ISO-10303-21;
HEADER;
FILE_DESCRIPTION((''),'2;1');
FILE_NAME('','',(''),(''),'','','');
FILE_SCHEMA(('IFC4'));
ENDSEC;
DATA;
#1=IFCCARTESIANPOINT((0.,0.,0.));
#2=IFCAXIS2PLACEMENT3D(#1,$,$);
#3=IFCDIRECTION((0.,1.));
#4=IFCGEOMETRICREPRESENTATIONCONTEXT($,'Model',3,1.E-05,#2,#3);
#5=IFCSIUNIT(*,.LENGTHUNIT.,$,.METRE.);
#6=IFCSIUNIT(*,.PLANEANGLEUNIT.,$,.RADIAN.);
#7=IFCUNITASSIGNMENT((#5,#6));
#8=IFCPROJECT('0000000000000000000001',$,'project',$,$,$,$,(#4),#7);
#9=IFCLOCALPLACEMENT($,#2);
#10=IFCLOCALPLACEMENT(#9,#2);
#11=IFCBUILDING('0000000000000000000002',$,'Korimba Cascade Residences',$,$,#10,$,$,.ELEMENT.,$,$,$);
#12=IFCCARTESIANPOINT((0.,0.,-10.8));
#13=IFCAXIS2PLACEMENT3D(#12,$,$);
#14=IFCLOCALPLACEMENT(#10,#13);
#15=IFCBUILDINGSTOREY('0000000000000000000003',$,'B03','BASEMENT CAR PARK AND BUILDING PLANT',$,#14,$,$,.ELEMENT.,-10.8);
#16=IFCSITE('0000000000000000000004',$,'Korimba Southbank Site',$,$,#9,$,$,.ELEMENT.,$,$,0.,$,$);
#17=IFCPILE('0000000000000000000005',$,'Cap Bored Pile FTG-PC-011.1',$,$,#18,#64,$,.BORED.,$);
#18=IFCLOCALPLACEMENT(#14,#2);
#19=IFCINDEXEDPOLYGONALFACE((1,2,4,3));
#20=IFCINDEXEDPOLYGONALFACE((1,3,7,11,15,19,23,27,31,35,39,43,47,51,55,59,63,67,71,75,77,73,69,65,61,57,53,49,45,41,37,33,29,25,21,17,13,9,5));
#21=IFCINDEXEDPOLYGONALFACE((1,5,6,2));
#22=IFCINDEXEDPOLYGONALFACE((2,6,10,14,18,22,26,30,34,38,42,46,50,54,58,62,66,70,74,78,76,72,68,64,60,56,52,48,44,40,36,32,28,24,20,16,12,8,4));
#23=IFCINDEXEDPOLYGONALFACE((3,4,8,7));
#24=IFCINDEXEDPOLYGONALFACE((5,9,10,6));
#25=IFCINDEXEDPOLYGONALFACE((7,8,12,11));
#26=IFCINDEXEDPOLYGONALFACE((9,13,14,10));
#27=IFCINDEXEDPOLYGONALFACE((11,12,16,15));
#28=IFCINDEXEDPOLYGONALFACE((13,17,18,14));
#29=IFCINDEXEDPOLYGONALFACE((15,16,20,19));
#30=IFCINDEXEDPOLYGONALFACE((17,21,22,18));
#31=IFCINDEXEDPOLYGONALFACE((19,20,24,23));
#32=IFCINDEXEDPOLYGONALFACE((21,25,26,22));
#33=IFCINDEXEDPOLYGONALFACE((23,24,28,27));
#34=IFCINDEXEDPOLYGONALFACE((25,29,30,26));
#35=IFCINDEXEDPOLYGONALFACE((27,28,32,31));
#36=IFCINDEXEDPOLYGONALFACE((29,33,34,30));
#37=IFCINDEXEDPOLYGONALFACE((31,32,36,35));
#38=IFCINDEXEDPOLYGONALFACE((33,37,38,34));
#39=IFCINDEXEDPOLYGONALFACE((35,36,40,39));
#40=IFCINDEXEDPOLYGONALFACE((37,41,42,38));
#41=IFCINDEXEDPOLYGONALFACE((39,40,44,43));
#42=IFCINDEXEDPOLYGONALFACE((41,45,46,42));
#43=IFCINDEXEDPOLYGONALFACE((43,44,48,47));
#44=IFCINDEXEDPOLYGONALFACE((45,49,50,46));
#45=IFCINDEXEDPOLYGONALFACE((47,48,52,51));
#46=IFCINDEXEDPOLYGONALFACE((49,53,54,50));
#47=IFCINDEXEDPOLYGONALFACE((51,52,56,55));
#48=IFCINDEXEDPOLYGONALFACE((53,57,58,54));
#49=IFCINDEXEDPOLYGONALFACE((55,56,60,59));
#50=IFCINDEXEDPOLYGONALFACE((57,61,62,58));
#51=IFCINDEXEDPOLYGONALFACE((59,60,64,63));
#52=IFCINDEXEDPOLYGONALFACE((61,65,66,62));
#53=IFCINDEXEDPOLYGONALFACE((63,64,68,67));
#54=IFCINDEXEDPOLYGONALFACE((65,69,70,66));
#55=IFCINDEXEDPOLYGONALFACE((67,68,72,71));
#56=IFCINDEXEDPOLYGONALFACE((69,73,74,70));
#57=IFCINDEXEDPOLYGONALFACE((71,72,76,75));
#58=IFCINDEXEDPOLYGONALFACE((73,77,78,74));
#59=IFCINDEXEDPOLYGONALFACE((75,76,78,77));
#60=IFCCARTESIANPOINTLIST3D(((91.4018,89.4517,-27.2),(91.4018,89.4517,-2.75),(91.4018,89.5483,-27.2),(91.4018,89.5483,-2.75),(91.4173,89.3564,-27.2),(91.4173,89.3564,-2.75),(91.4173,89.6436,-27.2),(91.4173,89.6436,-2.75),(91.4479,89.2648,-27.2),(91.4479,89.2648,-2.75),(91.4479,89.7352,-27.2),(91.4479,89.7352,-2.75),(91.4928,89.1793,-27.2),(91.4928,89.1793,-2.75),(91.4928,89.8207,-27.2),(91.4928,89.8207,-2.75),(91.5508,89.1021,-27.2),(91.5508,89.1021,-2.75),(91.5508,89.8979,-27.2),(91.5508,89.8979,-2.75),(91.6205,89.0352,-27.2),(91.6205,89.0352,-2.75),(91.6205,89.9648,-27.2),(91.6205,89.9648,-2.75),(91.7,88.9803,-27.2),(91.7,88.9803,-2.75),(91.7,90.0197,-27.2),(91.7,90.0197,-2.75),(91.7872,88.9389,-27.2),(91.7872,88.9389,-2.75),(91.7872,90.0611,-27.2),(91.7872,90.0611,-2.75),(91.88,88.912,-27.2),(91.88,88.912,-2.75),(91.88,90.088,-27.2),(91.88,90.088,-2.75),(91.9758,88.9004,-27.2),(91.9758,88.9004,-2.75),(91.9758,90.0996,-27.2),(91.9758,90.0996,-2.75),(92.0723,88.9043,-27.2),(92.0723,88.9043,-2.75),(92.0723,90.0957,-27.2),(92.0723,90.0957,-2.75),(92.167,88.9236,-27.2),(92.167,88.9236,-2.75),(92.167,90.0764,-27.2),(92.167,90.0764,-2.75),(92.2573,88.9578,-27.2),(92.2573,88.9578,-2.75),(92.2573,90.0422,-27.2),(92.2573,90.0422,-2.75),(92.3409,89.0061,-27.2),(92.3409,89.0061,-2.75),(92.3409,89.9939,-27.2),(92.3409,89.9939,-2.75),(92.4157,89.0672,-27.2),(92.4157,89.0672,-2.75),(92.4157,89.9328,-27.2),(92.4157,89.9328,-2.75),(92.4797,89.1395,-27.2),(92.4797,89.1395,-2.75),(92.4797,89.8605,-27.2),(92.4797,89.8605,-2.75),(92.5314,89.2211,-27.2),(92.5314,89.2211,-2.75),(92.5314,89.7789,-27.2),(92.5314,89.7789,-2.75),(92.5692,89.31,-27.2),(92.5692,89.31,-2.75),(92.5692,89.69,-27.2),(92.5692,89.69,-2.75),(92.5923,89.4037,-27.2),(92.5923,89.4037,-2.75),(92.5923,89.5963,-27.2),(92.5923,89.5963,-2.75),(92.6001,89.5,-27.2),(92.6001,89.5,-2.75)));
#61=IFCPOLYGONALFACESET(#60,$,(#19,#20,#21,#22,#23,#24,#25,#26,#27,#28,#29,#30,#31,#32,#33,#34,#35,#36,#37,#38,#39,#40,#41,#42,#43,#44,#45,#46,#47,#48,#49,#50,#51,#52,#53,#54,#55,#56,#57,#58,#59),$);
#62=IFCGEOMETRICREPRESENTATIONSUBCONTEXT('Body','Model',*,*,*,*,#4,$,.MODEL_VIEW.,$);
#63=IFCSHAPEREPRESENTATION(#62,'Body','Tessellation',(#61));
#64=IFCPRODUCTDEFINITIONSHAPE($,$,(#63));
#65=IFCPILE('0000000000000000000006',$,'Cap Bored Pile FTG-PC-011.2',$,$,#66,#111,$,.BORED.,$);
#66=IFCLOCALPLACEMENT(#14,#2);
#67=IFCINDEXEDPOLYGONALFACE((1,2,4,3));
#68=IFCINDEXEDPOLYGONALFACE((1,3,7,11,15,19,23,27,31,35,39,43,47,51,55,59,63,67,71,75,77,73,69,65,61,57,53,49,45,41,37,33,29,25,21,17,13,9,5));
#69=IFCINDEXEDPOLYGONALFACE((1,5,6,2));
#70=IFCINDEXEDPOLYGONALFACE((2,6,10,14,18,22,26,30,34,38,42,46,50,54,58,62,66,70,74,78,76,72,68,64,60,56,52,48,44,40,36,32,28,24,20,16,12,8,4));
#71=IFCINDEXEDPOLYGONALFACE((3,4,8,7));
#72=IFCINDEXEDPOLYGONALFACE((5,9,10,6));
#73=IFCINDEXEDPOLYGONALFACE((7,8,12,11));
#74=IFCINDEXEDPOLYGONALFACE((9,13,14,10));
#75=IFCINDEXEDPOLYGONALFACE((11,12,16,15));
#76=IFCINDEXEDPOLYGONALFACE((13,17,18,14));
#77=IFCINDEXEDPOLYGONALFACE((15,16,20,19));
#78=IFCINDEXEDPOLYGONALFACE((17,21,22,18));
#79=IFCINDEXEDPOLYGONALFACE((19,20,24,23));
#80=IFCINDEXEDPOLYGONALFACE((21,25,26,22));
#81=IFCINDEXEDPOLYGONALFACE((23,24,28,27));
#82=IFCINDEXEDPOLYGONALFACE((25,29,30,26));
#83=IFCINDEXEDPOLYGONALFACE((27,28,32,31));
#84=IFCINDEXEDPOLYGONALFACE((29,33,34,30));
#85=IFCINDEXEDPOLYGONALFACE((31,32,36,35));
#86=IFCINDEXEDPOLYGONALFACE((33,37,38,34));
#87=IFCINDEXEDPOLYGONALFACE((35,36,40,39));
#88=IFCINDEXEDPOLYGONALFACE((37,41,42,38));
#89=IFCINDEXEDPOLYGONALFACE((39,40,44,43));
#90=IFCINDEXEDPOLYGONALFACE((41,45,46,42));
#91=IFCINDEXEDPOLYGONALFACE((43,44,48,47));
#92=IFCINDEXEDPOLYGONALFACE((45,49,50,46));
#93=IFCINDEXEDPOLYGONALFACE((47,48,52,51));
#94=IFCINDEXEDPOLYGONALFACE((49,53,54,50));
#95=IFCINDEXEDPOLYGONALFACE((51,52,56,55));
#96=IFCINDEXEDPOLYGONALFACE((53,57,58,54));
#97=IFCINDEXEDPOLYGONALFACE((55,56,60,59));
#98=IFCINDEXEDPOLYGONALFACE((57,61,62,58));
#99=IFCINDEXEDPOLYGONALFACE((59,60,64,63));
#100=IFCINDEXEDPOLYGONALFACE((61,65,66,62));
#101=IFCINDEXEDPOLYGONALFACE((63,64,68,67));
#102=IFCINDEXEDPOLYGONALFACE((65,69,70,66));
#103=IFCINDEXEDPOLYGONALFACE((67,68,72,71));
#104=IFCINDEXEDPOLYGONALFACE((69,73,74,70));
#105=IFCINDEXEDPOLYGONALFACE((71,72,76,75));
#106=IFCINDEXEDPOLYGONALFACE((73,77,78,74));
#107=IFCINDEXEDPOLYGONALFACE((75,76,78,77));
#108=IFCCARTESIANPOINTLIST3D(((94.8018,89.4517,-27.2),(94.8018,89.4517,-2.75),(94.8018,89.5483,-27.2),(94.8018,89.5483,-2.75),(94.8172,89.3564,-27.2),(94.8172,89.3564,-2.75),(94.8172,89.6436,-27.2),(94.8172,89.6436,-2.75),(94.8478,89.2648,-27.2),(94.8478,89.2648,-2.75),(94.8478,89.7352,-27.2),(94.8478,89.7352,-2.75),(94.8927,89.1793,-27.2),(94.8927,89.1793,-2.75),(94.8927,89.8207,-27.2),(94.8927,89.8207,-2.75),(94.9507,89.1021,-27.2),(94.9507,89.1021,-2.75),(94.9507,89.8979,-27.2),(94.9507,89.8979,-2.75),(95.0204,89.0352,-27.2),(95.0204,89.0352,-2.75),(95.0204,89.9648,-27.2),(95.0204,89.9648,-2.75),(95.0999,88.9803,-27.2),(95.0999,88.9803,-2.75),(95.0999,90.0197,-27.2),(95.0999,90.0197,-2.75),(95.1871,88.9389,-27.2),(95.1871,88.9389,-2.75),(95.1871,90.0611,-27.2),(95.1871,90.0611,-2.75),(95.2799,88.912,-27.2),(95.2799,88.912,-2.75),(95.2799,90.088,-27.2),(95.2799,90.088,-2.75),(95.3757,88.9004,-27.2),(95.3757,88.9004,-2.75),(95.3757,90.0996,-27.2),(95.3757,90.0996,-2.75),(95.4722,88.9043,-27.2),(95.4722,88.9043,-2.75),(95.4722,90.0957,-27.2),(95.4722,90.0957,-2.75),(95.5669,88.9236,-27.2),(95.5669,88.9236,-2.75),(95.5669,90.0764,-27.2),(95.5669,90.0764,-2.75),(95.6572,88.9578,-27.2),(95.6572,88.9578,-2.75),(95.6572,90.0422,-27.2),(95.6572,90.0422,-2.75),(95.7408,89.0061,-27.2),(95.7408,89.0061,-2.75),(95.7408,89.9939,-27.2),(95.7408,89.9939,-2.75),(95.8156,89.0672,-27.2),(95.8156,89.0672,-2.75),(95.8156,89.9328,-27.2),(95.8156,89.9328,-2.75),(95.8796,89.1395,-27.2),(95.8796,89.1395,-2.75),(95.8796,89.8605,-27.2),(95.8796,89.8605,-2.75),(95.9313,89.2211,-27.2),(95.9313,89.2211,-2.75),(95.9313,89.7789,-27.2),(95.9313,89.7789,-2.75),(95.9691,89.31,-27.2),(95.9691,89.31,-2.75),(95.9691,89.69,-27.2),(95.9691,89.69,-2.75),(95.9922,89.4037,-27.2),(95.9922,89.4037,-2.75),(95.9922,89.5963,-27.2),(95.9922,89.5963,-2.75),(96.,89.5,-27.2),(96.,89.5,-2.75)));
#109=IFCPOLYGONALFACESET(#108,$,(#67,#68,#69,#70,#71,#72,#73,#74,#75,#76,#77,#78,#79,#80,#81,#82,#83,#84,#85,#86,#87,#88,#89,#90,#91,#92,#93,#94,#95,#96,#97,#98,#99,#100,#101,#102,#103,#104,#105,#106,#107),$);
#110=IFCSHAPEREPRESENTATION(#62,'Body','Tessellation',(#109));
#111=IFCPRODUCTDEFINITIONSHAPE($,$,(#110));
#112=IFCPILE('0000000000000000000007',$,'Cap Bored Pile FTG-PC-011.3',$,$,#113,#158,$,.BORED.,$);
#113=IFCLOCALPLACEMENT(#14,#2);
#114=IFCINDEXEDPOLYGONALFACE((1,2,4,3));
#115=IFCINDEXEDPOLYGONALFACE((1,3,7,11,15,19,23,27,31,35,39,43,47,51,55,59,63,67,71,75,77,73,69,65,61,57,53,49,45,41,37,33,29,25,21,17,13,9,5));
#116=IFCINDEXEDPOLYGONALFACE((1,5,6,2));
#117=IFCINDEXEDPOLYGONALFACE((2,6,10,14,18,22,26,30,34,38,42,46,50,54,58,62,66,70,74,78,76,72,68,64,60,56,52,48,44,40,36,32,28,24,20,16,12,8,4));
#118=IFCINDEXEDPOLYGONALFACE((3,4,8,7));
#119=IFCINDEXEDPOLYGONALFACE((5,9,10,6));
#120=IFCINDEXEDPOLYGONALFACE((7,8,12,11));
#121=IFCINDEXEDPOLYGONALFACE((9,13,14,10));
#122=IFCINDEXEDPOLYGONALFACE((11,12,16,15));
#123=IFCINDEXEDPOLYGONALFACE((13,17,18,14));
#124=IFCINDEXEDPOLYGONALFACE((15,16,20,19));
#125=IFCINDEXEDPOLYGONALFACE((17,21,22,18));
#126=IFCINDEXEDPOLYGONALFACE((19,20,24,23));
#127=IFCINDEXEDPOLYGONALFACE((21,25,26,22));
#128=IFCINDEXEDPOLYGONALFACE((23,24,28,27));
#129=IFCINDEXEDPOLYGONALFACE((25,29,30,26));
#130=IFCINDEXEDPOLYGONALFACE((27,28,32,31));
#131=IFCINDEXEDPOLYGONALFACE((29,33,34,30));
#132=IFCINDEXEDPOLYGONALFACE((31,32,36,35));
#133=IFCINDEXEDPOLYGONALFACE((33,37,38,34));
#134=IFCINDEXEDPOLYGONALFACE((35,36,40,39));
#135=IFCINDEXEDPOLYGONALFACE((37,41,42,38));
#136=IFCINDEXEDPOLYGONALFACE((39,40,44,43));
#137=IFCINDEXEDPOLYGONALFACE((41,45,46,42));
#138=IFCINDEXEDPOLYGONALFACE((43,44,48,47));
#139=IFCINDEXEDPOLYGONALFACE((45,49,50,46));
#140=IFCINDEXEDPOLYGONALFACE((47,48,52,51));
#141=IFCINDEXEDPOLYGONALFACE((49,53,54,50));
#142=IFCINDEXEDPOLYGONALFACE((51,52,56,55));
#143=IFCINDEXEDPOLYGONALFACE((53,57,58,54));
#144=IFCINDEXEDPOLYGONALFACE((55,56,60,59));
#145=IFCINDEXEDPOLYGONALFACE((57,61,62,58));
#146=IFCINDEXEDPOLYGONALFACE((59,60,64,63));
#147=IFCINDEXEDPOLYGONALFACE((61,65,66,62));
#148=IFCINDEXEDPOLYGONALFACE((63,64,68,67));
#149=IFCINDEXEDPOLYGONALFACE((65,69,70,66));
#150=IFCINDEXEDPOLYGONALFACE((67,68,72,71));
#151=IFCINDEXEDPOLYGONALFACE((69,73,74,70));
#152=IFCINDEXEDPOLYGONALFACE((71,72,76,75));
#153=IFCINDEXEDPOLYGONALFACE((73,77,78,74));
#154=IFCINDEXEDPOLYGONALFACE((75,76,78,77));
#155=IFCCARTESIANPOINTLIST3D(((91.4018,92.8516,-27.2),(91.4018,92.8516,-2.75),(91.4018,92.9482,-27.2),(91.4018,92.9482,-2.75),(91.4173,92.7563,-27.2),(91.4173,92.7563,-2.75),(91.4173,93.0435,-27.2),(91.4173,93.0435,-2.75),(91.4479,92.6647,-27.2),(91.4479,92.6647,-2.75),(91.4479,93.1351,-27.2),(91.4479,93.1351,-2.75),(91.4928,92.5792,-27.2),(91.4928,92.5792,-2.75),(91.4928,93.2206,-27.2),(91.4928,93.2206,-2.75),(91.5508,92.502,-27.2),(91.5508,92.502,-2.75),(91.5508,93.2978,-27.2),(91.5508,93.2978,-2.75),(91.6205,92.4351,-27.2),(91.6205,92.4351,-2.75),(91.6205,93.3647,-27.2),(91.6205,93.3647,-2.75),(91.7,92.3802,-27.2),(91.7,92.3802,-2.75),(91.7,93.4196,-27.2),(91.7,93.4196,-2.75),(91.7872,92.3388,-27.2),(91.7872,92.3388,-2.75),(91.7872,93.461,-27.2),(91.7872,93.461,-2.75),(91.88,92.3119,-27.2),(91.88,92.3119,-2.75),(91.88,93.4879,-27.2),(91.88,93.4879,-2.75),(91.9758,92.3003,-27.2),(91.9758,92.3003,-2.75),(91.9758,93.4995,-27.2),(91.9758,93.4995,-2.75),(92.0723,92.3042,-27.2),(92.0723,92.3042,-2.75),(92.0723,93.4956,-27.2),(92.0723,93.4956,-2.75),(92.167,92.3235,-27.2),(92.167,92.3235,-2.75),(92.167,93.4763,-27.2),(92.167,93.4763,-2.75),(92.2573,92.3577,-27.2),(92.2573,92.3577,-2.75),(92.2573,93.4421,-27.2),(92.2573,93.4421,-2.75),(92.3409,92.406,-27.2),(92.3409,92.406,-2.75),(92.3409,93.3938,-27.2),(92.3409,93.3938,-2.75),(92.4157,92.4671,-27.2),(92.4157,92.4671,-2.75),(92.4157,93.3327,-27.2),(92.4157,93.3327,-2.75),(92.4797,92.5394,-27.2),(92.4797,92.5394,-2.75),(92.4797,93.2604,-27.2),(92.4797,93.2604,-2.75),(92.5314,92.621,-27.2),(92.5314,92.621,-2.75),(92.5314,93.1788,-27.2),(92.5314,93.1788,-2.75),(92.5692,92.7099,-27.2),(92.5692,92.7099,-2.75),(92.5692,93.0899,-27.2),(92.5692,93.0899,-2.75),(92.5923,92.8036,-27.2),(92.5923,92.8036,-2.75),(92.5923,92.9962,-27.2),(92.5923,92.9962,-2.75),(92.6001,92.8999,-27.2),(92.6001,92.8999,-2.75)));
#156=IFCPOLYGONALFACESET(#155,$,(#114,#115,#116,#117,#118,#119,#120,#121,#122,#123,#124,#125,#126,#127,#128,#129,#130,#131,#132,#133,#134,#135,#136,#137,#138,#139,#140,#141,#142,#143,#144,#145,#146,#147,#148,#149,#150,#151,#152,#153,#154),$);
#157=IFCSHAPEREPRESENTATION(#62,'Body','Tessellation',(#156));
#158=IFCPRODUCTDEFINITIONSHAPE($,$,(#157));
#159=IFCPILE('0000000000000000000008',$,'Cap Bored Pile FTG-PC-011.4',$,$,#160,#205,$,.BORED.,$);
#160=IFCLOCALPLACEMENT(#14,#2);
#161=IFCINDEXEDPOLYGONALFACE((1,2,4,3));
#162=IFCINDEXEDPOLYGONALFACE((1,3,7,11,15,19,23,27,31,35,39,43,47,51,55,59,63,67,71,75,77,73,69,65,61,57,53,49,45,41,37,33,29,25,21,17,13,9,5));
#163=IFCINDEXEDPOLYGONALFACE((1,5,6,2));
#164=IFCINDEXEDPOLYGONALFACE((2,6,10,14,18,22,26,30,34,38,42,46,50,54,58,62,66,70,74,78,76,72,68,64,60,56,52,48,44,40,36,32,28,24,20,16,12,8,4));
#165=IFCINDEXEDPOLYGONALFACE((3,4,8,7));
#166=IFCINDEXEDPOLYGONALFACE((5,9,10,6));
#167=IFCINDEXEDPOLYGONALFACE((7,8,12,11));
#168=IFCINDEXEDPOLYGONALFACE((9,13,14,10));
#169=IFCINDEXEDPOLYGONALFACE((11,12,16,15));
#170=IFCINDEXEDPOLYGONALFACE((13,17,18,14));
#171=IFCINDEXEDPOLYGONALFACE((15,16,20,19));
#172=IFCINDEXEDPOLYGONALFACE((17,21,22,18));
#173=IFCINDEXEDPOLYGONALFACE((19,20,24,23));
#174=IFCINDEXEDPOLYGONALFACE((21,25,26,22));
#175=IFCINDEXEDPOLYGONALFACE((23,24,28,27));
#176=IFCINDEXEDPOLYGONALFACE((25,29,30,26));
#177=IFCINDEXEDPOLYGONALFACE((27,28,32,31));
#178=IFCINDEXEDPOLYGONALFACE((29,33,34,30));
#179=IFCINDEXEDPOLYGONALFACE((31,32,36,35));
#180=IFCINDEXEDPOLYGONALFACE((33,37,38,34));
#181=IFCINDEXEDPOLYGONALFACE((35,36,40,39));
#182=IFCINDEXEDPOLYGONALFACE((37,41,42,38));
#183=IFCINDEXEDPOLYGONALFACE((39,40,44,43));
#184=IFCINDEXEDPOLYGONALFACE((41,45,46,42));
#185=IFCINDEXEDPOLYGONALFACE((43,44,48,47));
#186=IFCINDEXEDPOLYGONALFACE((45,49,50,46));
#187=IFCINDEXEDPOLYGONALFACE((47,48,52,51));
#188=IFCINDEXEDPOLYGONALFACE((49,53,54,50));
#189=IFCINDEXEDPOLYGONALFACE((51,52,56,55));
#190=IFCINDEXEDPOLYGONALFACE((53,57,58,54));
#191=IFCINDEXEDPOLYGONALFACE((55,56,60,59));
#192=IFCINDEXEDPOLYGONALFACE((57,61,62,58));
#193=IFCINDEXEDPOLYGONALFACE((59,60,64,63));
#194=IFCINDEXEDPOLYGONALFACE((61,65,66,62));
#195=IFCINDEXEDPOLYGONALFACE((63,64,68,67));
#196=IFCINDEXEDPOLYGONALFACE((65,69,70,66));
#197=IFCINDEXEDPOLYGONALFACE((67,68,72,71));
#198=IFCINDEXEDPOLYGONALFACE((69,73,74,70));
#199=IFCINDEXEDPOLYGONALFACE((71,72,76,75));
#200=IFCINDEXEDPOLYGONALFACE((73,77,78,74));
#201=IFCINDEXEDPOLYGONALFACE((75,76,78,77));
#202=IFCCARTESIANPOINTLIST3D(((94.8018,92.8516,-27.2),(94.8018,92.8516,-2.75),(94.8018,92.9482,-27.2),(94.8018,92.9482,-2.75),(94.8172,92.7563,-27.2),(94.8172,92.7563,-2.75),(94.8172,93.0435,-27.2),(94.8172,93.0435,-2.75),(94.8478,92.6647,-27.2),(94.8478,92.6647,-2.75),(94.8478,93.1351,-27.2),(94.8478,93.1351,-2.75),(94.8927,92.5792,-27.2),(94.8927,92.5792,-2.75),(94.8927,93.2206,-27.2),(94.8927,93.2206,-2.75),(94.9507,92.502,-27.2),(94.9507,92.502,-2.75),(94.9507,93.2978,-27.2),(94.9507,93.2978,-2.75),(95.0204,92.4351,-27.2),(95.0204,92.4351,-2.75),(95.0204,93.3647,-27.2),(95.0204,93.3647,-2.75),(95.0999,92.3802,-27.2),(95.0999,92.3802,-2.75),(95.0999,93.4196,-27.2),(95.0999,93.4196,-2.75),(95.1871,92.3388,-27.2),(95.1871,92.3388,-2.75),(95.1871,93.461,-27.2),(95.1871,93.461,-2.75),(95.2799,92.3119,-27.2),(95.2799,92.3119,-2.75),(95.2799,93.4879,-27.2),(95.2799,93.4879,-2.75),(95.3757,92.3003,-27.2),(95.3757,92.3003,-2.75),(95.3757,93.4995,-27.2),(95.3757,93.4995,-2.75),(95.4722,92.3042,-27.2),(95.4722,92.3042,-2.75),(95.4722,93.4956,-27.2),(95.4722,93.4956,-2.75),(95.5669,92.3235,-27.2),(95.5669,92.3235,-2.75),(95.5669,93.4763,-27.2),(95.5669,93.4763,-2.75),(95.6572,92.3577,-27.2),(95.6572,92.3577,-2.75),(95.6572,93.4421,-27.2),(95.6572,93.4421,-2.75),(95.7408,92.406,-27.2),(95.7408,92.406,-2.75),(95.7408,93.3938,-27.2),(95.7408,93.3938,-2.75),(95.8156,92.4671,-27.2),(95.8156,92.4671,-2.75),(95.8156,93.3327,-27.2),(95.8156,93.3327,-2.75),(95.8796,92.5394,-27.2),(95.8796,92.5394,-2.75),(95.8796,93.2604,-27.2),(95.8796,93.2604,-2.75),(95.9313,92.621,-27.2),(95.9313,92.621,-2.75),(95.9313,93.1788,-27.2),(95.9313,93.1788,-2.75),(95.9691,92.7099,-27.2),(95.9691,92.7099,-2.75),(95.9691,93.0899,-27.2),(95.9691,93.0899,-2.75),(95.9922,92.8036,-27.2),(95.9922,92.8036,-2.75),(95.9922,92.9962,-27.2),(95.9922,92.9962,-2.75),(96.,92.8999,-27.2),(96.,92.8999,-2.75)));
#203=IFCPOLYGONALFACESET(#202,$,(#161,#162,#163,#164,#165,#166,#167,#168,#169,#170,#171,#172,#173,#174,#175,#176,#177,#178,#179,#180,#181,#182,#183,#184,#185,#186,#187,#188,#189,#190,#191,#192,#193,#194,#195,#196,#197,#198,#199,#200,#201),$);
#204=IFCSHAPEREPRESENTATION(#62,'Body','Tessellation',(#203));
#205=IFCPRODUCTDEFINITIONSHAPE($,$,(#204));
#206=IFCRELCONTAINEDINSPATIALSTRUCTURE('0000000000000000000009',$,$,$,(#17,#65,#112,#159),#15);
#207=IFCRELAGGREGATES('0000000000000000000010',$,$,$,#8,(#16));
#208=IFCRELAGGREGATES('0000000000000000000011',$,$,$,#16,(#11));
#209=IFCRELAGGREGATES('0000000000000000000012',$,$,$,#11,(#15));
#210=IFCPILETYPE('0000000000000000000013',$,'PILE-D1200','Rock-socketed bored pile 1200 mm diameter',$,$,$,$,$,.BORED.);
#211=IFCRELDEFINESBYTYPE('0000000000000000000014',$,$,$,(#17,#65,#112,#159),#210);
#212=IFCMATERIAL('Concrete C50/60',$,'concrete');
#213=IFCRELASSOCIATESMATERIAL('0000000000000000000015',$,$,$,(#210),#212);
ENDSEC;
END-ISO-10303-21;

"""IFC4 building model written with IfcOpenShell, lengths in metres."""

from ifc_helpers import new_model, si_unit, direction, frame, origin, origin_2d, place, context, subcontext, project, spatial, circle, extrude, material, material_profile, profile_set, type_object, element, save


model = new_model("IFC4")

# Units and contexts
model_context = context("Model", 3, precision=1e-05, world=origin(), true_north=direction((0.0, 1.0)))
body_context = subcontext(model_context, "Body", "Model", "MODEL_VIEW")
ifc_project = project(units=[si_unit("LENGTHUNIT", "METRE"), si_unit("PLANEANGLEUNIT", "RADIAN")], contexts=[model_context])

# Site, building, storey
site_placement = place(None, origin())
site = spatial("IfcSite", under=ifc_project, at=site_placement, Name="Korimba Southbank Site", CompositionType="ELEMENT", RefElevation=0.0)
building_placement = place(site_placement, origin())
building = spatial("IfcBuilding", under=site, at=building_placement, Name="Korimba Cascade Residences", CompositionType="ELEMENT")
storey_placement = place(building_placement, frame((0.0, 0.0, -10.8)))
storey = spatial("IfcBuildingStorey", under=building, at=storey_placement, Name="B03", Description="BASEMENT CAR PARK AND BUILDING PLANT", CompositionType="ELEMENT", Elevation=-10.8)

# Piles
ifc_material_1 = material(Name="Concrete C50/60", Category="concrete")
ifc_material_profile_1 = material_profile(ifc_material_1, circle(Radius=0.6001, at=origin_2d()), Name="Concrete C50/60")
ifc_profile_set_1 = profile_set([ifc_material_profile_1], Name="Concrete C50/60")
pile_type = type_object("IfcPileType", Name="PILE-D1200", Description="Rock-socketed bored pile 1200 mm diameter", PredefinedType="BORED", material=ifc_profile_set_1)
for number, where, z_axis, x_axis, name in (
    (1, (92.0, 89.5, -2.75), (0.0, 0.0, -1.0), (1.0, 0.0, 0.0), "Cap Bored Pile FTG-PC-011.1"),
    (2, (95.3999, 89.5, -2.75), (0.0, 0.0, -1.0), (1.0, 0.0, 0.0), "Cap Bored Pile FTG-PC-011.2"),
    (3, (92.0, 92.8999, -2.75), (0.0, 0.0, -1.0), (1.0, 0.0, 0.0), "Cap Bored Pile FTG-PC-011.3"),
    (4, (95.3999, 92.8999, -2.75), (0.0, 0.0, -1.0), (1.0, 0.0, 0.0), "Cap Bored Pile FTG-PC-011.4"),
):
    element("IfcPile", number, at=place(storey_placement, frame(where, z_axis=z_axis, x_axis=x_axis)), inside=storey, type_object=pile_type, Name=name, PredefinedType="BORED", context=body_context, shape_type="SweptSolid", body=[
        extrude(circle(Radius=0.6001, at=origin_2d()), origin(), (0.0, 0.0, 1.0), 24.45),
    ])

save(model, "model.ifc")
